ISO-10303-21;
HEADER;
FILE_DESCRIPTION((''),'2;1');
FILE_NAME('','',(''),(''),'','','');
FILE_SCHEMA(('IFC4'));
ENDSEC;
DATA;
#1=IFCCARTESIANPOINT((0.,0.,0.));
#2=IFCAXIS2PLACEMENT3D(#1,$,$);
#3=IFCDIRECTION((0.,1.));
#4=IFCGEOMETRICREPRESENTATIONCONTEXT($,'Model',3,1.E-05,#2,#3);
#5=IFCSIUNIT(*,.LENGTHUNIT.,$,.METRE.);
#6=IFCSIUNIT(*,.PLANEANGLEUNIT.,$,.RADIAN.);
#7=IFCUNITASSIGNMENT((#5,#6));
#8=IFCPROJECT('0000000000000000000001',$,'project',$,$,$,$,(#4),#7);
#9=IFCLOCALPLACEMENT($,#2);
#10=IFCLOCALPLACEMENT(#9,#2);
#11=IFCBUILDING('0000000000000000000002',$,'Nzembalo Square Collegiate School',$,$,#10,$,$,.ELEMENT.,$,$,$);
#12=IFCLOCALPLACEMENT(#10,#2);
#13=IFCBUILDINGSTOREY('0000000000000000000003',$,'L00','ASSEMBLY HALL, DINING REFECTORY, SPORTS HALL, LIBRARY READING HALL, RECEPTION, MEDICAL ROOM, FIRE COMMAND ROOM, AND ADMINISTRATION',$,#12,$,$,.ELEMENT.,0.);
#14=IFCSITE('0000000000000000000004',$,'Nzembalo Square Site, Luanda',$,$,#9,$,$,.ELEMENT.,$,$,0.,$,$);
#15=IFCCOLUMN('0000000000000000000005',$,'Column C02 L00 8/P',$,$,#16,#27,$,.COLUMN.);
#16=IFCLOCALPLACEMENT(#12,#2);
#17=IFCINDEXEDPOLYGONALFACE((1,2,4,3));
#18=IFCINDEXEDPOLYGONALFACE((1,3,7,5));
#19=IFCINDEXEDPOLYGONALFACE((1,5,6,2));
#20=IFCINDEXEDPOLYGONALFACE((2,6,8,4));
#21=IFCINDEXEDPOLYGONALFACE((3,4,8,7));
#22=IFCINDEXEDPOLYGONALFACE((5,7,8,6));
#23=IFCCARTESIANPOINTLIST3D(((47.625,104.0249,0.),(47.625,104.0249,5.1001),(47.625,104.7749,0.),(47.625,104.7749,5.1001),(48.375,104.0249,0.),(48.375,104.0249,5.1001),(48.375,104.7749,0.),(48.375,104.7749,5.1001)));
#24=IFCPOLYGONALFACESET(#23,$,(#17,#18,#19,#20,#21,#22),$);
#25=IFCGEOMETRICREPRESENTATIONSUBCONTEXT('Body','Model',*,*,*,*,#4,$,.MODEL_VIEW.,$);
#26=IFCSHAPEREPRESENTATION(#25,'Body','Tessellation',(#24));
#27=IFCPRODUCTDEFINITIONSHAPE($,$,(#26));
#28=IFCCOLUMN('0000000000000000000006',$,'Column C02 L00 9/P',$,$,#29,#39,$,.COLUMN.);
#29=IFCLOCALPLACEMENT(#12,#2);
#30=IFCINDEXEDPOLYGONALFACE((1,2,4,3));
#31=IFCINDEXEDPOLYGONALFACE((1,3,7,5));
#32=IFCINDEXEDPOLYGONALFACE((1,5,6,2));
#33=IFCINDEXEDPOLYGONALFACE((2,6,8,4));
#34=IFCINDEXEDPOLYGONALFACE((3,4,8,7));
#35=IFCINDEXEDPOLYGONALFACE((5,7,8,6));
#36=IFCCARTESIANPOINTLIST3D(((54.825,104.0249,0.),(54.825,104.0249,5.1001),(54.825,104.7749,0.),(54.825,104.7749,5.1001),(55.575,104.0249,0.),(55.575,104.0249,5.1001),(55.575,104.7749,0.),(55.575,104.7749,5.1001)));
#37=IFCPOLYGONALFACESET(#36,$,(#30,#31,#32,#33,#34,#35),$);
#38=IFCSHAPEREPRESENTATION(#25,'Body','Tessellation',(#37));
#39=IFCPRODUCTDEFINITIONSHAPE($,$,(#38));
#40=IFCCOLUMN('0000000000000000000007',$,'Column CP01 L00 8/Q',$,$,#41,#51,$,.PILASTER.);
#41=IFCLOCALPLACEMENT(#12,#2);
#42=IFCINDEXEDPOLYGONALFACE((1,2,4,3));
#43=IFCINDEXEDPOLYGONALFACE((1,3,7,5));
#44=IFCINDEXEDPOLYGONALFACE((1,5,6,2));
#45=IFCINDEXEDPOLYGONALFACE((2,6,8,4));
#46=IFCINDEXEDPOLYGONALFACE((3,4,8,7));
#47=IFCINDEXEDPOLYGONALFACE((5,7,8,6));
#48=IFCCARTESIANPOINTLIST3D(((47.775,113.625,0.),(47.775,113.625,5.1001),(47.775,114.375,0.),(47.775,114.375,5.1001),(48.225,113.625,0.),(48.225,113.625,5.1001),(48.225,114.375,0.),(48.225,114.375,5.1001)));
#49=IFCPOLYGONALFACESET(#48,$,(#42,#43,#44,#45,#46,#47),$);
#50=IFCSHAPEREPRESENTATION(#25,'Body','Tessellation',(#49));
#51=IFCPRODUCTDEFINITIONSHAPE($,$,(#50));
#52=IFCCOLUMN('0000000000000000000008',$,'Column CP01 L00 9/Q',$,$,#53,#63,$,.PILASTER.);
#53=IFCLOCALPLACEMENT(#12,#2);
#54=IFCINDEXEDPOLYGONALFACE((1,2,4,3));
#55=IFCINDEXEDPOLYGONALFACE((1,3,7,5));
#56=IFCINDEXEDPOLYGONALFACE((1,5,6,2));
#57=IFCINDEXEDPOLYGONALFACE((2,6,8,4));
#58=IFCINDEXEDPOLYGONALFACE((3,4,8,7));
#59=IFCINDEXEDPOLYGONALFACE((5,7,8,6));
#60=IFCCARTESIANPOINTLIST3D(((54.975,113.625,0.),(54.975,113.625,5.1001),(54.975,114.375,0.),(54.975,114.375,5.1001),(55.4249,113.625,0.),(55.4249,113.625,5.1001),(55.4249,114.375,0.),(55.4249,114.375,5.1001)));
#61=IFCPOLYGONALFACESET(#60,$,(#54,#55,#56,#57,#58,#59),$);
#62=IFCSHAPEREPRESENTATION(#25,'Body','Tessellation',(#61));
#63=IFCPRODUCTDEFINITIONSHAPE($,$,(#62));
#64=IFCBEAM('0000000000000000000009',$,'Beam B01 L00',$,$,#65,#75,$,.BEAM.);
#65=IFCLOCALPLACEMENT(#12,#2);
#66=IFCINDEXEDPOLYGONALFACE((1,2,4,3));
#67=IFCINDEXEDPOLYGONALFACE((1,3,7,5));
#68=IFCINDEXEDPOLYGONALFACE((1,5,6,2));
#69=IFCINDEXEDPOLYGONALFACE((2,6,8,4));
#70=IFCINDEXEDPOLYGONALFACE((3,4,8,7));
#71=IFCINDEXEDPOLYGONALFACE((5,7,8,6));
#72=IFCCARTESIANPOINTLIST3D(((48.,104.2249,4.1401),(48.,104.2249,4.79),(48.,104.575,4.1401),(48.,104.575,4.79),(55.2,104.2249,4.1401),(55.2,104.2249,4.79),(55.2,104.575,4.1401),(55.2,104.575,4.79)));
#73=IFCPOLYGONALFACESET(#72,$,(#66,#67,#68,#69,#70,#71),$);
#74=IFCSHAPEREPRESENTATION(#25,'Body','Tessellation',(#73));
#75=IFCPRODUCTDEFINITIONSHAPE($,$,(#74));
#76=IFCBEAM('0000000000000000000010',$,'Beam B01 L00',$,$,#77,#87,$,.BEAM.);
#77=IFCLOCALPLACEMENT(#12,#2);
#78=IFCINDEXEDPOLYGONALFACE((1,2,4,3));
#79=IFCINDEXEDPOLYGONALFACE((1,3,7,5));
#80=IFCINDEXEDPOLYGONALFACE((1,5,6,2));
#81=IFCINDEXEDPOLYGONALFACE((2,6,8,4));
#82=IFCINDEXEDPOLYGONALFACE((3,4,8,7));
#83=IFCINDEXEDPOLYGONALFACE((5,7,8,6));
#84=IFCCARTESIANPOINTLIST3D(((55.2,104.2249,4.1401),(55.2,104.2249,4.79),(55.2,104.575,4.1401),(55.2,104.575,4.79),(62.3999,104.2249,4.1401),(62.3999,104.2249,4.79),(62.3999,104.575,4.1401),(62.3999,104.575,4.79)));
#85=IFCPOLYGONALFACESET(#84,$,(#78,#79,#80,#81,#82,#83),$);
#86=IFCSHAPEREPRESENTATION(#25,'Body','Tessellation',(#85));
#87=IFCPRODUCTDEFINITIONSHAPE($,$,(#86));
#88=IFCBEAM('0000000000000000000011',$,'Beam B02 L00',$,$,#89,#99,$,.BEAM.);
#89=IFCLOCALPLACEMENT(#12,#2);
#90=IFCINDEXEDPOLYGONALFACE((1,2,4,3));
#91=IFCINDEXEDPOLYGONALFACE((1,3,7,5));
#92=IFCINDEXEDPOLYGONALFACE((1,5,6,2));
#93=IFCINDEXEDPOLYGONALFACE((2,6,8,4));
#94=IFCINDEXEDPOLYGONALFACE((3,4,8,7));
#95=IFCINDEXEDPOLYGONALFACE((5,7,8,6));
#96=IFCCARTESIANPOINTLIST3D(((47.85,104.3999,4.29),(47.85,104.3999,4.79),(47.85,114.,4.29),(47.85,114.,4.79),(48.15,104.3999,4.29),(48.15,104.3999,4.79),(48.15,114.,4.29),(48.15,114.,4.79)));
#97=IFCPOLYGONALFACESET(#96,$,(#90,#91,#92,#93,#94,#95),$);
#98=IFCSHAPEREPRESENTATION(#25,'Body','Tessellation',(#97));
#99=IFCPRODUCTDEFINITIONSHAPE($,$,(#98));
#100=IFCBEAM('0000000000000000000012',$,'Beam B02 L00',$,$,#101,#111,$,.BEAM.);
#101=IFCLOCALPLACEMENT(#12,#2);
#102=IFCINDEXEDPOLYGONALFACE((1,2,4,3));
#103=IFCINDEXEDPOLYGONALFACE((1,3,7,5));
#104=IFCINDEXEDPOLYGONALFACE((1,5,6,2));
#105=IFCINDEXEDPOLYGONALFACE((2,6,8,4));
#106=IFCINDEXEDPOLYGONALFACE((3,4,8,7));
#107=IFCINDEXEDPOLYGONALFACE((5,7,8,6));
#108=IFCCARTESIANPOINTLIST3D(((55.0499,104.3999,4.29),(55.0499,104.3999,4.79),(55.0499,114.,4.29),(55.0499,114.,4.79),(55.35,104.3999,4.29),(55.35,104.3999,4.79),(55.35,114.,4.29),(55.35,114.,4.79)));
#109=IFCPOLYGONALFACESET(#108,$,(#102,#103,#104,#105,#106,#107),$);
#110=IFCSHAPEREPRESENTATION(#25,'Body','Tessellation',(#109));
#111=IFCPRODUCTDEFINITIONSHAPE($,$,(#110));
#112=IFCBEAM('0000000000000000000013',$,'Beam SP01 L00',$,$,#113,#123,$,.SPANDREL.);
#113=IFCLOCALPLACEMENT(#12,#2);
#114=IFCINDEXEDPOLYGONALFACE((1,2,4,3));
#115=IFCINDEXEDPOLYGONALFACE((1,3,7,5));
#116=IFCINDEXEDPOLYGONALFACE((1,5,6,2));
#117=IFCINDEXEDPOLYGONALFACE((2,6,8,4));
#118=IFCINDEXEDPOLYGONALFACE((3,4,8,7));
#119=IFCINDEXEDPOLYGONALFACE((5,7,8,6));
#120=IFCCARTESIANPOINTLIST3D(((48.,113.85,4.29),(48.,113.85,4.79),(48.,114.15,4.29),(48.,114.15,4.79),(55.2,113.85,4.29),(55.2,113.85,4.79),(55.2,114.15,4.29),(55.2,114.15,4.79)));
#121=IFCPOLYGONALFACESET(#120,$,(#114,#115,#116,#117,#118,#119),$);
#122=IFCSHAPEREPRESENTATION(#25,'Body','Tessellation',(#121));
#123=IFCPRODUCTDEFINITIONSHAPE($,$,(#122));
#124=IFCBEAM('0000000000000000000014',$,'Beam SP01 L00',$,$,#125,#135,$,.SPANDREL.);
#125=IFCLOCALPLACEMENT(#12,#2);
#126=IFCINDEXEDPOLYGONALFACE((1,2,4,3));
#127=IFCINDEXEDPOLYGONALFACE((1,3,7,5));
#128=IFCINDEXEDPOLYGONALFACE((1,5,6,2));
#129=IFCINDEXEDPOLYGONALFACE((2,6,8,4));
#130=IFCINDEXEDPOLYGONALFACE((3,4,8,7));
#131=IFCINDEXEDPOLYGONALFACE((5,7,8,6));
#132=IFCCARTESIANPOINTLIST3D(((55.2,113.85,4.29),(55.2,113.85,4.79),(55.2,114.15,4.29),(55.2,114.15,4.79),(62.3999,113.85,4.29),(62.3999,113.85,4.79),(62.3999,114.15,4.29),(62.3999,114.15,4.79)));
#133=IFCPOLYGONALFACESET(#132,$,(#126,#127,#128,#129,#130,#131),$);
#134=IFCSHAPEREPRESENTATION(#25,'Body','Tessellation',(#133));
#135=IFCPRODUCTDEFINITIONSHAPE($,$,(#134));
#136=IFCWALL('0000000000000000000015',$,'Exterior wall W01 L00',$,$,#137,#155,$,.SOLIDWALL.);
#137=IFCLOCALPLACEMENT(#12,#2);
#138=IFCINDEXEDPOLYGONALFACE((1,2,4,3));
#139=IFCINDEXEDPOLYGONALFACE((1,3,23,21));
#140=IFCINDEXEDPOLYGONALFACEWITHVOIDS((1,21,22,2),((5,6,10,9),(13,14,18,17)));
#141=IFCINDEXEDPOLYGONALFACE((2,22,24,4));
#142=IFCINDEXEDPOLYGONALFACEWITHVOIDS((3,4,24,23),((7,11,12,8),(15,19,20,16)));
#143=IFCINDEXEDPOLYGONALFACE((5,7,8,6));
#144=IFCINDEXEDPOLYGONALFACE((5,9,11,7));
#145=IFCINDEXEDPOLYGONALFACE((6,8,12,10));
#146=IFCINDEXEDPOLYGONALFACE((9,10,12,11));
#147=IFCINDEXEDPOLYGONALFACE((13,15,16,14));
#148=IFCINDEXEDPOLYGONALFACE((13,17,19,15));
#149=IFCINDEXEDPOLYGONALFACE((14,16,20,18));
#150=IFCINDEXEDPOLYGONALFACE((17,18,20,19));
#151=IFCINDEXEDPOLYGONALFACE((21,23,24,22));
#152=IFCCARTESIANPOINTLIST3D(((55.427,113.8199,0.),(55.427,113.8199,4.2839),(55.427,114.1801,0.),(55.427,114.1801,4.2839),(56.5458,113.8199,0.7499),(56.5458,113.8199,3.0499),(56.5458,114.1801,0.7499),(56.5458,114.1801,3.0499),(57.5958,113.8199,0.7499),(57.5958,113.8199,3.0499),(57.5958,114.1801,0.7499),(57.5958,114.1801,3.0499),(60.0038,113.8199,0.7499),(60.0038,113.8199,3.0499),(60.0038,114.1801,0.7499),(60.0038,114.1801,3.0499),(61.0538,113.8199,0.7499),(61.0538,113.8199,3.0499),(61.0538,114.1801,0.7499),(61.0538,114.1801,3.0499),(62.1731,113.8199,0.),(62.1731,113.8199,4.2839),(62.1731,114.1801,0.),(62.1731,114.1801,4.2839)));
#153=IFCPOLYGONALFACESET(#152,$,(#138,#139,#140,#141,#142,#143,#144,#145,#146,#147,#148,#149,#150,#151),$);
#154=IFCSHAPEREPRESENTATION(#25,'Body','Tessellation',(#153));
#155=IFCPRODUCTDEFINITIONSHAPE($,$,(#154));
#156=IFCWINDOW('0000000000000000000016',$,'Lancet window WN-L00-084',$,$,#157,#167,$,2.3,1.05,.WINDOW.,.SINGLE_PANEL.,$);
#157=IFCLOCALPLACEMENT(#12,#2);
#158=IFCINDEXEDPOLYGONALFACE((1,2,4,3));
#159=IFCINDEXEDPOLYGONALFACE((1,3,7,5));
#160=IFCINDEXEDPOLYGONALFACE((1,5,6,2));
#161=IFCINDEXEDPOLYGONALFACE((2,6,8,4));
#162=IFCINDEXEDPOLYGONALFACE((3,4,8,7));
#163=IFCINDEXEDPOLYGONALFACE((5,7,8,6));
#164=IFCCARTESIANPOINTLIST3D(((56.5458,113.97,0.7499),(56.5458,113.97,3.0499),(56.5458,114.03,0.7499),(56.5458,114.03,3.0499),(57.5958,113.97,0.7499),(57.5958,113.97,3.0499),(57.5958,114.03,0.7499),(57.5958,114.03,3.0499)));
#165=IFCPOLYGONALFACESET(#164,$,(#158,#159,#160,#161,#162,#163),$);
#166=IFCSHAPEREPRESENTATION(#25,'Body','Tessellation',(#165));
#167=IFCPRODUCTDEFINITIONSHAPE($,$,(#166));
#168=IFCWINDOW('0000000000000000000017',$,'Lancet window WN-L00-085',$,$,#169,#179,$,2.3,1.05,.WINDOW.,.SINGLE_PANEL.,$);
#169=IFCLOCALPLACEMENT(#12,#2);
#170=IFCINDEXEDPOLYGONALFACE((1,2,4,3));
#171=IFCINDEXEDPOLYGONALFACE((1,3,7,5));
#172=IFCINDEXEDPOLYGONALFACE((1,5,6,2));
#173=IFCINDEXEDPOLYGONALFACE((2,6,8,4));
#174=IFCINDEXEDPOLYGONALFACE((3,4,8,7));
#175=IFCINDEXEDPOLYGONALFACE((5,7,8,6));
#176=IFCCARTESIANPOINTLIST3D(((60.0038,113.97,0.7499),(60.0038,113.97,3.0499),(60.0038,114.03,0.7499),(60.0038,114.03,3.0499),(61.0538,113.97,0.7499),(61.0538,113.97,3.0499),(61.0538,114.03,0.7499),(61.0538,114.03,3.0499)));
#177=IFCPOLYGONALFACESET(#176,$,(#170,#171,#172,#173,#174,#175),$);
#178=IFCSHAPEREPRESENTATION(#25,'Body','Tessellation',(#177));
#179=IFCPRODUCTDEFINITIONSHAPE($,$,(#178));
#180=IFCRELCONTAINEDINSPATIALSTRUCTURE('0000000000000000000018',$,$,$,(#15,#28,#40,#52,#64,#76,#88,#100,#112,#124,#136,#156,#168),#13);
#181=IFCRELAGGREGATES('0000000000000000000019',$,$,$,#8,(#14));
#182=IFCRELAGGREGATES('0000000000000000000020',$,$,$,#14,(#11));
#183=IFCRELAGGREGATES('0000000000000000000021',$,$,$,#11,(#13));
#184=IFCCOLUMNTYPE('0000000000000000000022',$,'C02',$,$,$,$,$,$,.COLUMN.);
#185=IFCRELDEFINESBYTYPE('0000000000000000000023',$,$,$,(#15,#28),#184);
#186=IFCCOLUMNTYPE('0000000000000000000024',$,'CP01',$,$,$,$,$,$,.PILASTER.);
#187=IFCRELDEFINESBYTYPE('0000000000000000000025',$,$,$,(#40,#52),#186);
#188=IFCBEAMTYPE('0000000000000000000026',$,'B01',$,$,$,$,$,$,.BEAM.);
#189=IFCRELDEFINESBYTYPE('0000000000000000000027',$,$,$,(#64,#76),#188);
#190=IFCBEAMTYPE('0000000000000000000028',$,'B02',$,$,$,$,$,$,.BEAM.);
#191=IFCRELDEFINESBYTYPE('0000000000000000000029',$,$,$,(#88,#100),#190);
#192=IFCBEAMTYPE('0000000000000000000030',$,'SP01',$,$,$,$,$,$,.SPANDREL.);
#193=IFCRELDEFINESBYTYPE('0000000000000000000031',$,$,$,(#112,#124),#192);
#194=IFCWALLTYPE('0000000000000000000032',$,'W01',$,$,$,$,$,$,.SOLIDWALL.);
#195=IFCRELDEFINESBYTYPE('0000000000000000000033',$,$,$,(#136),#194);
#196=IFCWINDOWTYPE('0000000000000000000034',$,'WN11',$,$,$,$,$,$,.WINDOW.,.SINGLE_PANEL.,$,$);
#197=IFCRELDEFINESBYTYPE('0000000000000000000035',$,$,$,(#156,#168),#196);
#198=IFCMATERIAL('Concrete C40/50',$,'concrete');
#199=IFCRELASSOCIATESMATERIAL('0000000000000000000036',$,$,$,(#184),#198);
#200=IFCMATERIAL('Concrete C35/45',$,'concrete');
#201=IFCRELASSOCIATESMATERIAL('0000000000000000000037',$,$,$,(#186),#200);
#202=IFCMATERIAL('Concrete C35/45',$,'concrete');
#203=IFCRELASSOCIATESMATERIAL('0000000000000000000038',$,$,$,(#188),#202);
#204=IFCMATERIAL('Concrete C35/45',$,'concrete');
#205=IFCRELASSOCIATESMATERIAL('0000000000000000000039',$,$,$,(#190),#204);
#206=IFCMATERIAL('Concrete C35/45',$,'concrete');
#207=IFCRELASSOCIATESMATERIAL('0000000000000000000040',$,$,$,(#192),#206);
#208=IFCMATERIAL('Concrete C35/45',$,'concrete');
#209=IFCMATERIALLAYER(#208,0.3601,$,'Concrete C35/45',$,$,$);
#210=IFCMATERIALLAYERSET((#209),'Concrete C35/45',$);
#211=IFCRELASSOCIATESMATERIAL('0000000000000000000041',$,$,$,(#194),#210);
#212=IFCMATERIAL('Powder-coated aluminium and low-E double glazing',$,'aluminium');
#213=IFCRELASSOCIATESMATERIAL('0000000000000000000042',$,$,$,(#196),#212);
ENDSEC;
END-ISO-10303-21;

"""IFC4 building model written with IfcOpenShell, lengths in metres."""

from ifc_helpers import new_model, si_unit, direction, frame, frame_2d, origin, origin_2d, place, context, subcontext, project, spatial, rectangle, extrude, material, layer, layer_set, material_profile, profile_set, type_object, element, fill, save


model = new_model("IFC4")

# Units and contexts
model_context = context("Model", 3, precision=1e-05, world=origin(), true_north=direction((0.0, 1.0)))
body_context = subcontext(model_context, "Body", "Model", "MODEL_VIEW")
ifc_project = project(units=[si_unit("LENGTHUNIT", "METRE"), si_unit("PLANEANGLEUNIT", "RADIAN")], contexts=[model_context])

# Site, building, storey
site_placement = place(None, origin())
site = spatial("IfcSite", under=ifc_project, at=site_placement, Name="Nzembalo Square Site, Luanda", CompositionType="ELEMENT", RefElevation=0.0)
building_placement = place(site_placement, origin())
building = spatial("IfcBuilding", under=site, at=building_placement, Name="Nzembalo Square Collegiate School", CompositionType="ELEMENT")
storey_placement = place(building_placement, origin())
storey = spatial("IfcBuildingStorey", under=building, at=storey_placement, Name="L00", Description="ASSEMBLY HALL, DINING REFECTORY, SPORTS HALL, LIBRARY READING HALL, RECEPTION, MEDICAL ROOM, FIRE COMMAND ROOM, AND ADMINISTRATION", CompositionType="ELEMENT", Elevation=0.0)

# Columns
ifc_material_1 = material(Name="Concrete C40/50", Category="concrete")
ifc_material_profile_1 = material_profile(ifc_material_1, rectangle(XDim=0.75, YDim=0.75, at=origin_2d()), Name="RC 750x750")
ifc_profile_set_1 = profile_set([ifc_material_profile_1], Name="Concrete C40/50")
column_type_1 = type_object("IfcColumnType", Name="C02", PredefinedType="COLUMN", material=ifc_profile_set_1)
for number, where, z_axis, x_axis, name in (
    (1, (48.0, 104.3999, 0.0), (0.0, 0.0, 1.0), (1.0, 0.0, 0.0), "Column C02 L00 8/P"),
    (2, (55.2, 104.3999, 0.0), (0.0, 0.0, 1.0), (1.0, 0.0, 0.0), "Column C02 L00 9/P"),
):
    element("IfcColumn", number, at=place(storey_placement, frame(where, z_axis=z_axis, x_axis=x_axis)), inside=storey, type_object=column_type_1, Name=name, PredefinedType="COLUMN", context=body_context, shape_type="SweptSolid", body=[
        extrude(rectangle(XDim=0.75, YDim=0.75, at=origin_2d()), origin(), (0.0, 0.0, 1.0), 5.1001),
    ])
ifc_material_2 = material(Name="Concrete C35/45", Category="concrete")
ifc_material_profile_2 = material_profile(ifc_material_2, rectangle(XDim=0.45, YDim=0.75, at=origin_2d()), Name="RC 450x750")
ifc_profile_set_2 = profile_set([ifc_material_profile_2], Name="Concrete C35/45")
column_type_2 = type_object("IfcColumnType", Name="CP01", PredefinedType="PILASTER", material=ifc_profile_set_2)
for number, where, z_axis, x_axis, name in (
    (3, (48.0, 114.0, 0.0), (0.0, 0.0, 1.0), (1.0, 0.0, 0.0), "Column CP01 L00 8/Q"),
    (4, (55.2, 114.0, 0.0), (0.0, 0.0, 1.0), (1.0, 0.0, 0.0), "Column CP01 L00 9/Q"),
):
    element("IfcColumn", number, at=place(storey_placement, frame(where, z_axis=z_axis, x_axis=x_axis)), inside=storey, type_object=column_type_2, Name=name, PredefinedType="PILASTER", context=body_context, shape_type="SweptSolid", body=[
        extrude(rectangle(XDim=0.45, YDim=0.75, at=origin_2d()), origin(), (0.0, 0.0, 1.0), 5.1001),
    ])

# Beams
ifc_material_3 = material(Name="Concrete C35/45", Category="concrete")
ifc_material_profile_3 = material_profile(ifc_material_3, rectangle(XDim=0.3501, YDim=0.6499, at=origin_2d()), Name="RC 350x650")
ifc_profile_set_3 = profile_set([ifc_material_profile_3], Name="Concrete C35/45")
beam_type_1 = type_object("IfcBeamType", Name="B01", PredefinedType="BEAM", material=ifc_profile_set_3)
for number, where, z_axis, x_axis, name in (
    (5, (48.0, 104.3999, 4.4651), (1.0, 0.0, 0.0), (0.0, 1.0, 0.0), "Beam B01 L00"),
    (6, (55.2, 104.3999, 4.4651), (1.0, 0.0, 0.0), (0.0, 1.0, 0.0), "Beam B01 L00"),
):
    element("IfcBeam", number, at=place(storey_placement, frame(where, z_axis=z_axis, x_axis=x_axis)), inside=storey, type_object=beam_type_1, Name=name, PredefinedType="BEAM", context=body_context, shape_type="SweptSolid", body=[
        extrude(rectangle(XDim=0.3501, YDim=0.6499, at=origin_2d()), origin(), (0.0, 0.0, 1.0), 7.2),
    ])
ifc_material_4 = material(Name="Concrete C35/45", Category="concrete")
ifc_material_profile_4 = material_profile(ifc_material_4, rectangle(XDim=0.3, YDim=0.5, at=origin_2d()), Name="RC 300x500")
ifc_profile_set_4 = profile_set([ifc_material_profile_4], Name="Concrete C35/45")
beam_type_2 = type_object("IfcBeamType", Name="B02", PredefinedType="BEAM", material=ifc_profile_set_4)
for number, where, z_axis, x_axis, name in (
    (7, (48.0, 104.3999, 4.54), (0.0, 1.0, 0.0), (-1.0, 0.0, 0.0), "Beam B02 L00"),
    (8, (55.2, 104.3999, 4.54), (0.0, 1.0, 0.0), (-1.0, 0.0, 0.0), "Beam B02 L00"),
):
    element("IfcBeam", number, at=place(storey_placement, frame(where, z_axis=z_axis, x_axis=x_axis)), inside=storey, type_object=beam_type_2, Name=name, PredefinedType="BEAM", context=body_context, shape_type="SweptSolid", body=[
        extrude(rectangle(XDim=0.3, YDim=0.5, at=origin_2d()), origin(), (0.0, 0.0, 1.0), 9.6001),
    ])
ifc_material_5 = material(Name="Concrete C35/45", Category="concrete")
ifc_material_profile_5 = material_profile(ifc_material_5, rectangle(XDim=0.3, YDim=0.5, at=origin_2d()), Name="RC 300x500")
ifc_profile_set_5 = profile_set([ifc_material_profile_5], Name="Concrete C35/45")
beam_type_3 = type_object("IfcBeamType", Name="SP01", PredefinedType="SPANDREL", material=ifc_profile_set_5)
for number, where, z_axis, x_axis, name in (
    (9, (48.0, 114.0, 4.54), (1.0, 0.0, 0.0), (0.0, 1.0, 0.0), "Beam SP01 L00"),
    (10, (55.2, 114.0, 4.54), (1.0, 0.0, 0.0), (0.0, 1.0, 0.0), "Beam SP01 L00"),
):
    element("IfcBeam", number, at=place(storey_placement, frame(where, z_axis=z_axis, x_axis=x_axis)), inside=storey, type_object=beam_type_3, Name=name, PredefinedType="SPANDREL", context=body_context, shape_type="SweptSolid", body=[
        extrude(rectangle(XDim=0.3, YDim=0.5, at=origin_2d()), origin(), (0.0, 0.0, 1.0), 7.2),
    ])

# Wall, openings, windows
ifc_material_6 = material(Name="Concrete C35/45", Category="concrete")
ifc_layer_1 = layer(ifc_material_6, 0.3601, Name="Concrete C35/45")
ifc_layer_set_1 = layer_set([ifc_layer_1], Name="Concrete C35/45")
wall_type_1 = type_object("IfcWallType", Name="W01", PredefinedType="SOLIDWALL", material=ifc_layer_set_1)
wall_1_placement = place(storey_placement, frame((55.427, 114.0, 0.0), z_axis=(0.0, 0.0, 1.0), x_axis=(1.0, 0.0, 0.0)))
wall_1 = element("IfcWall", 11, at=wall_1_placement, inside=storey, type_object=wall_type_1, Name="Exterior wall W01 L00", PredefinedType="SOLIDWALL", context=body_context, shape_type="SweptSolid", body=[
    extrude(rectangle(XDim=6.7461, YDim=0.3601, at=frame_2d((3.373, 0.0))), origin(), (0.0, 0.0, 1.0), 4.2839),
])
opening_1_placement = place(wall_1_placement, frame((1.1189, 0.0, 0.75)))
opening_1 = element("IfcOpeningElement", 12, at=opening_1_placement, cuts=wall_1, PredefinedType="OPENING", context=body_context, shape_type="SweptSolid", body=[
    extrude(rectangle(XDim=1.05, YDim=2.3, at=frame_2d((0.5249, 1.1499))), frame((0.0, 0.1899, 0.0), z_axis=(0.0, -1.0, 0.0), x_axis=(1.0, 0.0, 0.0)), (0.0, 0.0, 1.0), 0.3801),
])
opening_2_placement = place(wall_1_placement, frame((4.5769, 0.0, 0.75)))
opening_2 = element("IfcOpeningElement", 13, at=opening_2_placement, cuts=wall_1, PredefinedType="OPENING", context=body_context, shape_type="SweptSolid", body=[
    extrude(rectangle(XDim=1.05, YDim=2.3, at=frame_2d((0.5249, 1.1499))), frame((0.0, 0.1899, 0.0), z_axis=(0.0, -1.0, 0.0), x_axis=(1.0, 0.0, 0.0)), (0.0, 0.0, 1.0), 0.3801),
])
ifc_material_7 = material(Name="Powder-coated aluminium and low-E double glazing", Category="aluminium")
window_type = type_object("IfcWindowType", Name="WN11", PartitioningType="SINGLE_PANEL", PredefinedType="WINDOW", material=ifc_material_7)
window_1_placement = place(opening_1_placement, origin())
window_1 = element("IfcWindow", 14, at=window_1_placement, inside=storey, type_object=window_type, Name="Lancet window WN-L00-084", OverallHeight=2.3, OverallWidth=1.05, PartitioningType="SINGLE_PANEL", PredefinedType="WINDOW", context=body_context, shape_type="SweptSolid", body=[
    extrude(rectangle(XDim=1.05, YDim=2.3, at=frame_2d((0.5249, 1.1499))), frame((0.0, 0.03, 0.0), z_axis=(0.0, -1.0, 0.0), x_axis=(1.0, 0.0, 0.0)), (0.0, 0.0, 1.0), 0.0601),
])
fill(opening_1, window_1)
window_2_placement = place(opening_2_placement, origin())
window_2 = element("IfcWindow", 15, at=window_2_placement, inside=storey, type_object=window_type, Name="Lancet window WN-L00-085", OverallHeight=2.3, OverallWidth=1.05, PartitioningType="SINGLE_PANEL", PredefinedType="WINDOW", context=body_context, shape_type="SweptSolid", body=[
    extrude(rectangle(XDim=1.05, YDim=2.3, at=frame_2d((0.5249, 1.1499))), frame((0.0, 0.03, 0.0), z_axis=(0.0, -1.0, 0.0), x_axis=(1.0, 0.0, 0.0)), (0.0, 0.0, 1.0), 0.0601),
])
fill(opening_2, window_2)

save(model, "model.ifc")
